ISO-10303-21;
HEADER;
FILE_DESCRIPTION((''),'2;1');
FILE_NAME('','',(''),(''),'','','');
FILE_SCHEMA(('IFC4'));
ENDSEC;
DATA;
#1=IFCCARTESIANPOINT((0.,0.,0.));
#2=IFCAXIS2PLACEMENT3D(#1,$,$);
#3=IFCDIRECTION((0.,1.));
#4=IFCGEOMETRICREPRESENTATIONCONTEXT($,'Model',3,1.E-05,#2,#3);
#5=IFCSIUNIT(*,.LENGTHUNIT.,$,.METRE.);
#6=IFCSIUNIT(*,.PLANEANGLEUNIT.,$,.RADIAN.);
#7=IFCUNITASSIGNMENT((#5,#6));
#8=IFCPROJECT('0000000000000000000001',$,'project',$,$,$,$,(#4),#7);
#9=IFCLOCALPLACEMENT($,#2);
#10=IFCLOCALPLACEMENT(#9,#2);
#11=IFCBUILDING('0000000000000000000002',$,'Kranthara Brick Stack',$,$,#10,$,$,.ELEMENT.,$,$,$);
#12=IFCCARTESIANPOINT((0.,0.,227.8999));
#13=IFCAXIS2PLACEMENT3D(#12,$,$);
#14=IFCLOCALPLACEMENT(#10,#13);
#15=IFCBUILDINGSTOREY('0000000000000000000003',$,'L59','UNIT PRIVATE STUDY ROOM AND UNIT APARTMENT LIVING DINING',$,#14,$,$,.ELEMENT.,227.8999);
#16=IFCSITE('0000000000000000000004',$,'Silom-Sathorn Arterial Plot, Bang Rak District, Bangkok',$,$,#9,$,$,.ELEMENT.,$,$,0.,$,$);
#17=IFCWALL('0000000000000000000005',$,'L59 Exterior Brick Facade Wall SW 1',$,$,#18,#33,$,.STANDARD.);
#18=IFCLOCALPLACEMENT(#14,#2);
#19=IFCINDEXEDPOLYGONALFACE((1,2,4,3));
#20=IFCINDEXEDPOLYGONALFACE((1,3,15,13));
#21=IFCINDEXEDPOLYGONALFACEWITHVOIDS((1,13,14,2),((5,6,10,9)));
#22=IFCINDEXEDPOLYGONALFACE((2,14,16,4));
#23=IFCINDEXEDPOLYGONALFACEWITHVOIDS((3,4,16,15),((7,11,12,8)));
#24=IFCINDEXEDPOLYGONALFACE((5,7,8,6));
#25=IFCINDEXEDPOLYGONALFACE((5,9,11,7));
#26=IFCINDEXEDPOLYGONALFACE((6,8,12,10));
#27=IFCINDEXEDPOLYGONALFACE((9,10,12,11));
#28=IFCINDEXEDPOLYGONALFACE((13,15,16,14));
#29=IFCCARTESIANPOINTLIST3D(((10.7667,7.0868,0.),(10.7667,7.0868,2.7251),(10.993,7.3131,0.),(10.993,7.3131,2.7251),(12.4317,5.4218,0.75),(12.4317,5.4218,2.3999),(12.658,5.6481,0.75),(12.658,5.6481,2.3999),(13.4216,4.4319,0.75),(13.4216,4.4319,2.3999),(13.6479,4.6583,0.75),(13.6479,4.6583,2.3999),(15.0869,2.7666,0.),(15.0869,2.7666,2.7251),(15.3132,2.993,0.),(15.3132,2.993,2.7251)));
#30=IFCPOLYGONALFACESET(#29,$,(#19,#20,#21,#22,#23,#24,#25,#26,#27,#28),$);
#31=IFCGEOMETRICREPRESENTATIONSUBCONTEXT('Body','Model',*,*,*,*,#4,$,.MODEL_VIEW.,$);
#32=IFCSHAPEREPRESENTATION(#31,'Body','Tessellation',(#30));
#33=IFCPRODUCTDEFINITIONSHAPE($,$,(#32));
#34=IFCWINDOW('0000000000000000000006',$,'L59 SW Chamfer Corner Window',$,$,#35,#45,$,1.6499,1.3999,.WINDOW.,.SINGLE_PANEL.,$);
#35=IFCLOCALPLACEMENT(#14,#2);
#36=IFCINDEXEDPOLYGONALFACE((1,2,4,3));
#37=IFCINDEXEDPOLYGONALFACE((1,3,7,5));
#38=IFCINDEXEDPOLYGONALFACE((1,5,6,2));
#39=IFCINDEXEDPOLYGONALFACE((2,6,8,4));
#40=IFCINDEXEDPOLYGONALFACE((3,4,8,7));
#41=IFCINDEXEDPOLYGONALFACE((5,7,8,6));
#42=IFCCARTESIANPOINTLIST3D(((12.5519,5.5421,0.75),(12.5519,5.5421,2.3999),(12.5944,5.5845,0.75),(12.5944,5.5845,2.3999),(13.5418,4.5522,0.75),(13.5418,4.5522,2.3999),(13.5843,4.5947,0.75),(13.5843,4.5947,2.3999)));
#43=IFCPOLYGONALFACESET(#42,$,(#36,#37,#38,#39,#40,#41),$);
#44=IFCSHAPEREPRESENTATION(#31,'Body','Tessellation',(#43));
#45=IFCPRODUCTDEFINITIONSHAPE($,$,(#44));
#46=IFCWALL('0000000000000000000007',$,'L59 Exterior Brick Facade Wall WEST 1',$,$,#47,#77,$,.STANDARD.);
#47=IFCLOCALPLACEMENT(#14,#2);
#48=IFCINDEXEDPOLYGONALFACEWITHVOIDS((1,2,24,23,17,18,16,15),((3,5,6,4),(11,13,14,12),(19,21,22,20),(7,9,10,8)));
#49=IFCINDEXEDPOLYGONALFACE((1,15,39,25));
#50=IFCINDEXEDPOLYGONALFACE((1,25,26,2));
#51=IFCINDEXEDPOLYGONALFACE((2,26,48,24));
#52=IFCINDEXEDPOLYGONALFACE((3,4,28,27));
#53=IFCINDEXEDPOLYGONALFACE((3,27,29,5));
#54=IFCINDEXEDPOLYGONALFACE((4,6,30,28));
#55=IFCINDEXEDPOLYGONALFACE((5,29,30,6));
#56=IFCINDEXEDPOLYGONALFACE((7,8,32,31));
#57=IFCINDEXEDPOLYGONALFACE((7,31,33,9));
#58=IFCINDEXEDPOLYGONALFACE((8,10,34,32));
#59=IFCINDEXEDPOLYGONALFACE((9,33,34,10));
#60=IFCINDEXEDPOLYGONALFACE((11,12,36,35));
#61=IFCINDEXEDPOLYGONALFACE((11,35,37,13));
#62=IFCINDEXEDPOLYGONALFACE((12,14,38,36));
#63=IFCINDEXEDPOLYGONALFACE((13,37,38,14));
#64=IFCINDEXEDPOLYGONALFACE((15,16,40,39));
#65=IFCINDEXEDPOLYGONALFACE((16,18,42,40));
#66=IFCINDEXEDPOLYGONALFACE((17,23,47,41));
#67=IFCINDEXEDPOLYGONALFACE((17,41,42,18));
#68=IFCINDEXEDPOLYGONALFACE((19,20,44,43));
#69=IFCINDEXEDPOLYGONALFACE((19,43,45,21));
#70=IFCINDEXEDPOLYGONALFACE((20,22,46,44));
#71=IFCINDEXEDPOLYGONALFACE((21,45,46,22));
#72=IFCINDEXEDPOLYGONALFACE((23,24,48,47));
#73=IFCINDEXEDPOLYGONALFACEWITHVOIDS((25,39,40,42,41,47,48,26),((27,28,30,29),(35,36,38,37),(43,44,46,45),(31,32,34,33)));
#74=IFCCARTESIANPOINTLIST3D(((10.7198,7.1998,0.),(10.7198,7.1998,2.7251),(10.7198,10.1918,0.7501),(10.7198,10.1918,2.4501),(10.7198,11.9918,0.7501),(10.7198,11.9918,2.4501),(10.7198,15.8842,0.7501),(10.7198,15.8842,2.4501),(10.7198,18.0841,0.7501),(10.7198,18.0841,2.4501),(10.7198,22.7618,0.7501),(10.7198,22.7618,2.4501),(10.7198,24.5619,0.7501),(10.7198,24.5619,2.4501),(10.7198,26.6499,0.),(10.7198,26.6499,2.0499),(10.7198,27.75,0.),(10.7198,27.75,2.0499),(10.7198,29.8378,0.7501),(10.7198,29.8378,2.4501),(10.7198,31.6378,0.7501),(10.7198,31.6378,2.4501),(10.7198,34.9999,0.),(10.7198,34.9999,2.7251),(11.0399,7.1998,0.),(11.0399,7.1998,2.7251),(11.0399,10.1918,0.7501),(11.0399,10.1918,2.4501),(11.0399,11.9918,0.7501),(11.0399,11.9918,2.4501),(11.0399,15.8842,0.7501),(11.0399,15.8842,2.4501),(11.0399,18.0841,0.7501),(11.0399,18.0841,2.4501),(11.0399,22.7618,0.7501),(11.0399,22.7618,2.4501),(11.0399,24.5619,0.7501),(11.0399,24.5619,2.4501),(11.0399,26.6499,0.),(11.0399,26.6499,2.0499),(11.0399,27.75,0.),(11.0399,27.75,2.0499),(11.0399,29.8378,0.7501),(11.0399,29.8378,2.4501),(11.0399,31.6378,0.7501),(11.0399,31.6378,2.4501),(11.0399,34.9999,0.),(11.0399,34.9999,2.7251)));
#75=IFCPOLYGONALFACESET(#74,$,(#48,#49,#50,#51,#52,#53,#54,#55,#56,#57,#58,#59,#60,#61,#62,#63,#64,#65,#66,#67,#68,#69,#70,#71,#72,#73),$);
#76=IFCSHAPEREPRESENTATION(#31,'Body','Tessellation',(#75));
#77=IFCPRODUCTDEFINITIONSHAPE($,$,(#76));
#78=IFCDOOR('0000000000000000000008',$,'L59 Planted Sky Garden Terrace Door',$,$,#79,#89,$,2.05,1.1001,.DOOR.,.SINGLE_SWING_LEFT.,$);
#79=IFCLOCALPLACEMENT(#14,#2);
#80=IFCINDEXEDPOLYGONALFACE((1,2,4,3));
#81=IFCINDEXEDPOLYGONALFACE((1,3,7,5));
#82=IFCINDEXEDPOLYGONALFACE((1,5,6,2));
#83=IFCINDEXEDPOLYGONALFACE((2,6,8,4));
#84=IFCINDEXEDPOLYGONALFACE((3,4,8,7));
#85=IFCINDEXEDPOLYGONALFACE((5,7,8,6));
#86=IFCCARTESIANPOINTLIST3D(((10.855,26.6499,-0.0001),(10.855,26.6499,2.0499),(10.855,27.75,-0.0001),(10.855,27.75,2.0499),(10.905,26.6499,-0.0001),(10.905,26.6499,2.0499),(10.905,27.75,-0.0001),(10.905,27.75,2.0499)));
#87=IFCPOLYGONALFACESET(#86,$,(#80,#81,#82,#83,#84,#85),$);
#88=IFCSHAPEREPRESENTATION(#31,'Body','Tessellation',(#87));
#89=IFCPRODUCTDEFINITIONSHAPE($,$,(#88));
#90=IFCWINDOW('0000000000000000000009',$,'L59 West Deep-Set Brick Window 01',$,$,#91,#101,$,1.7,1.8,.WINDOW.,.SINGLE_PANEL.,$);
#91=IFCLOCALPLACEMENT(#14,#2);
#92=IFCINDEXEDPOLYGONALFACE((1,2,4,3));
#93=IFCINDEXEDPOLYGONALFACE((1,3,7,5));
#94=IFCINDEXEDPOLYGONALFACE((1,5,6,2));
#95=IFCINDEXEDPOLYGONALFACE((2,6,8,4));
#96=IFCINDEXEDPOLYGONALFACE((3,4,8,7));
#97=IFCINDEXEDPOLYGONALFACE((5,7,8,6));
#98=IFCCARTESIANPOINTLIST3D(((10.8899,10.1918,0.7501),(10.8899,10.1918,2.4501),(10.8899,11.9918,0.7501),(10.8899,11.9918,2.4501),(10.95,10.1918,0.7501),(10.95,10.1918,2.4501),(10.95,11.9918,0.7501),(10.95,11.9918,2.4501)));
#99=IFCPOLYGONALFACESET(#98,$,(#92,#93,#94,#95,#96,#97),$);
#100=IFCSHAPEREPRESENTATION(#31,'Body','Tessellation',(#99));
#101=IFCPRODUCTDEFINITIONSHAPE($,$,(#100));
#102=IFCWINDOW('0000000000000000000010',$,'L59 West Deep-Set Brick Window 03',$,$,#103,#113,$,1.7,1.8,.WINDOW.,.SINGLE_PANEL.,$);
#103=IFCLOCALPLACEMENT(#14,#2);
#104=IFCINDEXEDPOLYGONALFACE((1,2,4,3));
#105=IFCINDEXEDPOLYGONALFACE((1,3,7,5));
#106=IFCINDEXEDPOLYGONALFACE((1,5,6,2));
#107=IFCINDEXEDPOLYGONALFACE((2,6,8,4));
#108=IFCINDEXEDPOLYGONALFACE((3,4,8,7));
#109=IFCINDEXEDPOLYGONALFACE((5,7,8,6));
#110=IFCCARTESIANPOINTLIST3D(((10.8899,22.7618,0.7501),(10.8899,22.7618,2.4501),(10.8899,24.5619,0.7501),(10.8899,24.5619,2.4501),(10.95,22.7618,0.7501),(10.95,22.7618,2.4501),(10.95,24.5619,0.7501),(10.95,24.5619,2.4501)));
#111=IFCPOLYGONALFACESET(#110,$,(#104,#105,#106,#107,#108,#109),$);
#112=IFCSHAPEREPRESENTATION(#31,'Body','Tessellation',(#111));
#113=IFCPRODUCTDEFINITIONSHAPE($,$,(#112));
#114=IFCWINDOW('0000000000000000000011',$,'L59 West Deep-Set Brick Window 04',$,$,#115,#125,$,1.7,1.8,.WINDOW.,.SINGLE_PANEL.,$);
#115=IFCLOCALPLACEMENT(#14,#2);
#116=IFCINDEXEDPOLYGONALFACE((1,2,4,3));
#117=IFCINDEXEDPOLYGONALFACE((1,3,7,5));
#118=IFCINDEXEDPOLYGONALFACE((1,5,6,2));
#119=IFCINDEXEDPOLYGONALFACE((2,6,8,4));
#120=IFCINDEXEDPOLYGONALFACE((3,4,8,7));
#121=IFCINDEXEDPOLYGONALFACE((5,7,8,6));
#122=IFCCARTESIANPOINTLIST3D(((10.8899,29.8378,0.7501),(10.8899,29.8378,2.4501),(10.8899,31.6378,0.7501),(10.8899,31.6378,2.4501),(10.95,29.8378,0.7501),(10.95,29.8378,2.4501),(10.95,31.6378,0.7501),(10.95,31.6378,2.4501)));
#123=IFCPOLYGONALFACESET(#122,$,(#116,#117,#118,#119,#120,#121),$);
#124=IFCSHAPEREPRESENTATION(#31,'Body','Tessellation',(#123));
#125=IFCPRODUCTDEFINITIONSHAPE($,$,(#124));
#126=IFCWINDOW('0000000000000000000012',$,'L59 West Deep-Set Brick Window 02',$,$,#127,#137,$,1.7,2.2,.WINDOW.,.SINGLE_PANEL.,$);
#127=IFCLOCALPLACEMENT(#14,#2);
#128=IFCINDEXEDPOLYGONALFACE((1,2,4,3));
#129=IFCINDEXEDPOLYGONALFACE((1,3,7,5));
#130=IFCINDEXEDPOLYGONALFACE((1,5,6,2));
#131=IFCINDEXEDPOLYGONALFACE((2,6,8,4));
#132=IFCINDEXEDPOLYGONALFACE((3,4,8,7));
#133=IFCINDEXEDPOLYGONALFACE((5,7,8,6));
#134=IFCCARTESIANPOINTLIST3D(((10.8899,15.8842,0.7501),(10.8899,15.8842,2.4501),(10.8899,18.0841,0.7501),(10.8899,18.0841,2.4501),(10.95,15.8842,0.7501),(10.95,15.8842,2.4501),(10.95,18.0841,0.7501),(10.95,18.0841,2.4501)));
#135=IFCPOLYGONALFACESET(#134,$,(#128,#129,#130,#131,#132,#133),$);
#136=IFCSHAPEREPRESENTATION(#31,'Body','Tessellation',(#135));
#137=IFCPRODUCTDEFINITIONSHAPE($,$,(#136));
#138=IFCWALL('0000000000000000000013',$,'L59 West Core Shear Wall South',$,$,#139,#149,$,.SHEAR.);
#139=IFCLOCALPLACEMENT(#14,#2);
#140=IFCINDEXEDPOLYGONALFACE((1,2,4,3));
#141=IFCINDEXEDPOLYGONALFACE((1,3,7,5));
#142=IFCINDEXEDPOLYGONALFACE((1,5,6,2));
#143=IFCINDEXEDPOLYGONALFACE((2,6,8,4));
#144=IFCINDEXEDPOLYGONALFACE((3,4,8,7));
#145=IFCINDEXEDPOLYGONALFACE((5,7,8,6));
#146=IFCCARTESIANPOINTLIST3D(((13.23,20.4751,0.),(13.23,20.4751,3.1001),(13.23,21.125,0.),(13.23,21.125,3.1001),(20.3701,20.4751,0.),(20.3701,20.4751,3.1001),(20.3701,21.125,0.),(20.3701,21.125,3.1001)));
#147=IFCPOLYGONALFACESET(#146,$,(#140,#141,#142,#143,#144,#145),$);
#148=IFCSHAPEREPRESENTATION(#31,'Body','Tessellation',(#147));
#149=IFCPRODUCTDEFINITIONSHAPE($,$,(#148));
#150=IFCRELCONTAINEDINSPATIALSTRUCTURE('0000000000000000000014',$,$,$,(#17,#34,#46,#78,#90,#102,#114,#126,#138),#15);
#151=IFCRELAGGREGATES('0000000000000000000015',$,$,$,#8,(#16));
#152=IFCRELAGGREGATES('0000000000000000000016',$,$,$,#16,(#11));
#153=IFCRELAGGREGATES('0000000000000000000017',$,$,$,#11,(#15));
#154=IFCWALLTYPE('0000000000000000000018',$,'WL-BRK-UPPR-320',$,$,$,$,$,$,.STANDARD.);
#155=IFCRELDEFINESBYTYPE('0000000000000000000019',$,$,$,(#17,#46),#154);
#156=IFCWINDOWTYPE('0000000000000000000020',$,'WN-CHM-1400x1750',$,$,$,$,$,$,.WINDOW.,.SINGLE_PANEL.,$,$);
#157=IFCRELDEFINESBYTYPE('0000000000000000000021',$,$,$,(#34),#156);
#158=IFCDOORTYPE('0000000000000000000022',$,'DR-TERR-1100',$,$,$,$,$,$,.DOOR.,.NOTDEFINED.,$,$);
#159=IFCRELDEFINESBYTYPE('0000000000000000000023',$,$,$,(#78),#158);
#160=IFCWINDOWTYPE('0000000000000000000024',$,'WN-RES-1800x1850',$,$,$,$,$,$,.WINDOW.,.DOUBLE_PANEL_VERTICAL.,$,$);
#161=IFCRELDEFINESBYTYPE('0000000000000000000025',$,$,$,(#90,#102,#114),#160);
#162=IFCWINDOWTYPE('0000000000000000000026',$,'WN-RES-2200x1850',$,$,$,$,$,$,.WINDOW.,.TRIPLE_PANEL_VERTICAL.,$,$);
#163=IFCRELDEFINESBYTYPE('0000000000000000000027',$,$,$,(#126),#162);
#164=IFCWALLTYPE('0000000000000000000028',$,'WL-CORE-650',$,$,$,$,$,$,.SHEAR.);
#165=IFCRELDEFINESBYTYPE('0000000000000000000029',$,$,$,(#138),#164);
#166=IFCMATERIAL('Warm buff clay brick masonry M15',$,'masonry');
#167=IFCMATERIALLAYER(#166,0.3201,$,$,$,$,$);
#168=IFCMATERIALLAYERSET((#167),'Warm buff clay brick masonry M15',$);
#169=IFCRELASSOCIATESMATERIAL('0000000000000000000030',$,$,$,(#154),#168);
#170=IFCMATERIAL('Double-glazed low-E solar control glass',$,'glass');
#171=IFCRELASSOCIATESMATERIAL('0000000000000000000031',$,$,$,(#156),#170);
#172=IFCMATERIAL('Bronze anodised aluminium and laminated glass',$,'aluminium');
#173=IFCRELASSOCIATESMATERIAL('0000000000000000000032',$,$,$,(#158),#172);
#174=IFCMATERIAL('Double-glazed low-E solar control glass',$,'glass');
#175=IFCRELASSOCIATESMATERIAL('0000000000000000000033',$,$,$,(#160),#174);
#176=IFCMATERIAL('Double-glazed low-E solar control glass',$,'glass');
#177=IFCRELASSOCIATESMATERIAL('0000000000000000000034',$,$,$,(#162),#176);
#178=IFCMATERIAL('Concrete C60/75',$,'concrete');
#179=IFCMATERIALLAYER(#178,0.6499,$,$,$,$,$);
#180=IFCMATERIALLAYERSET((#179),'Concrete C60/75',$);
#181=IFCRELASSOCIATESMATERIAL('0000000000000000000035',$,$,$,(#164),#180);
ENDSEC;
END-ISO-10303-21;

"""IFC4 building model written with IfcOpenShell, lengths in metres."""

from ifc_helpers import new_model, si_unit, direction, frame, frame_2d, origin, place, context, subcontext, project, spatial, rectangle, extrude, material, layer, layer_set, type_object, element, fill, save


model = new_model("IFC4")

# Units and contexts
model_context = context("Model", 3, precision=1e-05, world=origin(), true_north=direction((0.0, 1.0)))
body_context = subcontext(model_context, "Body", "Model", "MODEL_VIEW")
ifc_project = project(units=[si_unit("LENGTHUNIT", "METRE"), si_unit("PLANEANGLEUNIT", "RADIAN")], contexts=[model_context])

# Site, building, storey
site_placement = place(None, origin())
site = spatial("IfcSite", under=ifc_project, at=site_placement, Name="Silom-Sathorn Arterial Plot, Bang Rak District, Bangkok", CompositionType="ELEMENT", RefElevation=0.0)
building_placement = place(site_placement, origin())
building = spatial("IfcBuilding", under=site, at=building_placement, Name="Kranthara Brick Stack", CompositionType="ELEMENT")
storey_placement = place(building_placement, frame((0.0, 0.0, 227.8999)))
storey = spatial("IfcBuildingStorey", under=building, at=storey_placement, Name="L59", Description="UNIT PRIVATE STUDY ROOM AND UNIT APARTMENT LIVING DINING", CompositionType="ELEMENT", Elevation=227.8999)

# Wall, opening, window
ifc_material_1 = material(Name="Warm buff clay brick masonry M15", Category="masonry")
ifc_layer_1 = layer(ifc_material_1, 0.3201)
ifc_layer_set_1 = layer_set([ifc_layer_1], Name="Warm buff clay brick masonry M15")
wall_type_1 = type_object("IfcWallType", Name="WL-BRK-UPPR-320", PredefinedType="STANDARD", material=ifc_layer_set_1)
wall_1_placement = place(storey_placement, frame((15.2, 2.8799, 0.0), z_axis=(0.0, 0.0, 1.0), x_axis=(-0.707107, 0.707107, 0.0)))
wall_1 = element("IfcWall", 1, at=wall_1_placement, inside=storey, type_object=wall_type_1, Name="L59 Exterior Brick Facade Wall SW 1", PredefinedType="STANDARD", context=body_context, shape_type="SweptSolid", body=[
    extrude(rectangle(XDim=6.1096, YDim=0.3201, at=frame_2d((3.0547, 0.0))), origin(), (0.0, 0.0, 1.0), 2.7251),
])
opening_1_placement = place(wall_1_placement, frame((2.355, 0.0, 0.75)))
opening_1 = element("IfcOpeningElement", 2, at=opening_1_placement, cuts=wall_1, PredefinedType="OPENING", context=body_context, shape_type="SweptSolid", body=[
    extrude(rectangle(XDim=1.3999, YDim=1.6499, at=frame_2d((0.7, 0.825))), frame((0.0, 0.1699, 0.0), z_axis=(0.0, -1.0, 0.0), x_axis=(1.0, 0.0, 0.0)), (0.0, 0.0, 1.0), 0.3401),
])
ifc_material_2 = material(Name="Double-glazed low-E solar control glass", Category="glass")
window_type_1 = type_object("IfcWindowType", Name="WN-CHM-1400x1750", PartitioningType="SINGLE_PANEL", PredefinedType="WINDOW", material=ifc_material_2)
window_1_placement = place(opening_1_placement, origin())
window_1 = element("IfcWindow", 3, at=window_1_placement, inside=storey, type_object=window_type_1, Name="L59 SW Chamfer Corner Window", OverallHeight=1.6499, OverallWidth=1.3999, PartitioningType="SINGLE_PANEL", PredefinedType="WINDOW", context=body_context, shape_type="SweptSolid", body=[
    extrude(rectangle(XDim=1.3999, YDim=1.6499, at=frame_2d((0.7, 0.825))), frame((0.0, -0.01, 0.0), z_axis=(0.0, -1.0, 0.0), x_axis=(1.0, 0.0, 0.0)), (0.0, 0.0, 1.0), 0.0601),
])
fill(opening_1, window_1)

# Wall, openings, door, windows
wall_2_placement = place(storey_placement, frame((10.8799, 7.2, 0.0), z_axis=(0.0, 0.0, 1.0), x_axis=(0.0, 1.0, 0.0)))
wall_2 = element("IfcWall", 4, at=wall_2_placement, inside=storey, type_object=wall_type_1, Name="L59 Exterior Brick Facade Wall WEST 1", PredefinedType="STANDARD", context=body_context, shape_type="SweptSolid", body=[
    extrude(rectangle(XDim=27.8, YDim=0.3201, at=frame_2d((13.8999, 0.0))), origin(), (0.0, 0.0, 1.0), 2.7251),
])
opening_2_placement = place(wall_2_placement, frame((19.45, 0.0, 0.0)))
opening_2 = element("IfcOpeningElement", 5, at=opening_2_placement, cuts=wall_2, PredefinedType="OPENING", context=body_context, shape_type="SweptSolid", body=[
    extrude(rectangle(XDim=1.1001, YDim=2.05, at=frame_2d((0.55, 1.0249))), frame((0.0, 0.1699, 0.0), z_axis=(0.0, -1.0, 0.0), x_axis=(1.0, 0.0, 0.0)), (0.0, 0.0, 1.0), 0.3401),
])
opening_3_placement = place(wall_2_placement, frame((2.9919, 0.0, 0.75)))
opening_3 = element("IfcOpeningElement", 6, at=opening_3_placement, cuts=wall_2, PredefinedType="OPENING", context=body_context, shape_type="SweptSolid", body=[
    extrude(rectangle(XDim=1.8, YDim=1.7, at=frame_2d((0.8999, 0.8501))), frame((0.0, 0.1699, 0.0), z_axis=(0.0, -1.0, 0.0), x_axis=(1.0, 0.0, 0.0)), (0.0, 0.0, 1.0), 0.3401),
])
opening_4_placement = place(wall_2_placement, frame((8.6841, 0.0, 0.75)))
opening_4 = element("IfcOpeningElement", 7, at=opening_4_placement, cuts=wall_2, PredefinedType="OPENING", context=body_context, shape_type="SweptSolid", body=[
    extrude(rectangle(XDim=2.2, YDim=1.7, at=frame_2d((1.1001, 0.8501))), frame((0.0, 0.1699, 0.0), z_axis=(0.0, -1.0, 0.0), x_axis=(1.0, 0.0, 0.0)), (0.0, 0.0, 1.0), 0.3401),
])
opening_5_placement = place(wall_2_placement, frame((15.562, 0.0, 0.75)))
opening_5 = element("IfcOpeningElement", 8, at=opening_5_placement, cuts=wall_2, PredefinedType="OPENING", context=body_context, shape_type="SweptSolid", body=[
    extrude(rectangle(XDim=1.8, YDim=1.7, at=frame_2d((0.8999, 0.8501))), frame((0.0, 0.1699, 0.0), z_axis=(0.0, -1.0, 0.0), x_axis=(1.0, 0.0, 0.0)), (0.0, 0.0, 1.0), 0.3401),
])
opening_6_placement = place(wall_2_placement, frame((22.6379, 0.0, 0.75)))
opening_6 = element("IfcOpeningElement", 9, at=opening_6_placement, cuts=wall_2, PredefinedType="OPENING", context=body_context, shape_type="SweptSolid", body=[
    extrude(rectangle(XDim=1.8, YDim=1.7, at=frame_2d((0.8999, 0.8501))), frame((0.0, 0.1699, 0.0), z_axis=(0.0, -1.0, 0.0), x_axis=(1.0, 0.0, 0.0)), (0.0, 0.0, 1.0), 0.3401),
])
ifc_material_3 = material(Name="Bronze anodised aluminium and laminated glass", Category="aluminium")
door_type_1 = type_object("IfcDoorType", Name="DR-TERR-1100", OperationType="NOTDEFINED", PredefinedType="DOOR", material=ifc_material_3)
door_1_placement = place(opening_2_placement, origin())
door_1 = element("IfcDoor", 10, at=door_1_placement, inside=storey, type_object=door_type_1, Name="L59 Planted Sky Garden Terrace Door", OperationType="SINGLE_SWING_LEFT", OverallHeight=2.05, OverallWidth=1.1001, PredefinedType="DOOR", context=body_context, shape_type="SweptSolid", body=[
    extrude(rectangle(XDim=1.1001, YDim=2.05, at=frame_2d((0.55, 1.0249))), frame((0.0, 0.0249, 0.0), z_axis=(0.0, -1.0, 0.0), x_axis=(1.0, 0.0, 0.0)), (0.0, 0.0, 1.0), 0.05),
])
fill(opening_2, door_1)
ifc_material_4 = material(Name="Double-glazed low-E solar control glass", Category="glass")
window_type_2 = type_object("IfcWindowType", Name="WN-RES-1800x1850", PartitioningType="DOUBLE_PANEL_VERTICAL", PredefinedType="WINDOW", material=ifc_material_4)
window_2_placement = place(opening_3_placement, origin())
window_2 = element("IfcWindow", 11, at=window_2_placement, inside=storey, type_object=window_type_2, Name="L59 West Deep-Set Brick Window 01", OverallHeight=1.7, OverallWidth=1.8, PartitioningType="SINGLE_PANEL", PredefinedType="WINDOW", context=body_context, shape_type="SweptSolid", body=[
    extrude(rectangle(XDim=1.8, YDim=1.7, at=frame_2d((0.8999, 0.8501))), frame((0.0, -0.01, 0.0), z_axis=(0.0, -1.0, 0.0), x_axis=(1.0, 0.0, 0.0)), (0.0, 0.0, 1.0), 0.0601),
])
fill(opening_3, window_2)
window_3_placement = place(opening_5_placement, origin())
window_3 = element("IfcWindow", 12, at=window_3_placement, inside=storey, type_object=window_type_2, Name="L59 West Deep-Set Brick Window 03", OverallHeight=1.7, OverallWidth=1.8, PartitioningType="SINGLE_PANEL", PredefinedType="WINDOW", context=body_context, shape_type="SweptSolid", body=[
    extrude(rectangle(XDim=1.8, YDim=1.7, at=frame_2d((0.8999, 0.8501))), frame((0.0, -0.01, 0.0), z_axis=(0.0, -1.0, 0.0), x_axis=(1.0, 0.0, 0.0)), (0.0, 0.0, 1.0), 0.0601),
])
fill(opening_5, window_3)
window_4_placement = place(opening_6_placement, origin())
window_4 = element("IfcWindow", 13, at=window_4_placement, inside=storey, type_object=window_type_2, Name="L59 West Deep-Set Brick Window 04", OverallHeight=1.7, OverallWidth=1.8, PartitioningType="SINGLE_PANEL", PredefinedType="WINDOW", context=body_context, shape_type="SweptSolid", body=[
    extrude(rectangle(XDim=1.8, YDim=1.7, at=frame_2d((0.8999, 0.8501))), frame((0.0, -0.01, 0.0), z_axis=(0.0, -1.0, 0.0), x_axis=(1.0, 0.0, 0.0)), (0.0, 0.0, 1.0), 0.0601),
])
fill(opening_6, window_4)
ifc_material_5 = material(Name="Double-glazed low-E solar control glass", Category="glass")
window_type_3 = type_object("IfcWindowType", Name="WN-RES-2200x1850", PartitioningType="TRIPLE_PANEL_VERTICAL", PredefinedType="WINDOW", material=ifc_material_5)
window_5_placement = place(opening_4_placement, origin())
window_5 = element("IfcWindow", 14, at=window_5_placement, inside=storey, type_object=window_type_3, Name="L59 West Deep-Set Brick Window 02", OverallHeight=1.7, OverallWidth=2.2, PartitioningType="SINGLE_PANEL", PredefinedType="WINDOW", context=body_context, shape_type="SweptSolid", body=[
    extrude(rectangle(XDim=2.2, YDim=1.7, at=frame_2d((1.1001, 0.8501))), frame((0.0, -0.01, 0.0), z_axis=(0.0, -1.0, 0.0), x_axis=(1.0, 0.0, 0.0)), (0.0, 0.0, 1.0), 0.0601),
])
fill(opening_4, window_5)

# Wall
ifc_material_6 = material(Name="Concrete C60/75", Category="concrete")
ifc_layer_2 = layer(ifc_material_6, 0.6499)
ifc_layer_set_2 = layer_set([ifc_layer_2], Name="Concrete C60/75")
wall_type_2 = type_object("IfcWallType", Name="WL-CORE-650", PredefinedType="SHEAR", material=ifc_layer_set_2)
wall_3_placement = place(storey_placement, frame((13.23, 20.8, 0.0), z_axis=(0.0, 0.0, 1.0), x_axis=(1.0, 0.0, 0.0)))
element("IfcWall", 15, at=wall_3_placement, inside=storey, type_object=wall_type_2, Name="L59 West Core Shear Wall South", PredefinedType="SHEAR", context=body_context, shape_type="SweptSolid", body=[
    extrude(rectangle(XDim=7.1401, YDim=0.6499, at=frame_2d((3.5701, 0.0))), origin(), (0.0, 0.0, 1.0), 3.1001),
])

save(model, "model.ifc")
